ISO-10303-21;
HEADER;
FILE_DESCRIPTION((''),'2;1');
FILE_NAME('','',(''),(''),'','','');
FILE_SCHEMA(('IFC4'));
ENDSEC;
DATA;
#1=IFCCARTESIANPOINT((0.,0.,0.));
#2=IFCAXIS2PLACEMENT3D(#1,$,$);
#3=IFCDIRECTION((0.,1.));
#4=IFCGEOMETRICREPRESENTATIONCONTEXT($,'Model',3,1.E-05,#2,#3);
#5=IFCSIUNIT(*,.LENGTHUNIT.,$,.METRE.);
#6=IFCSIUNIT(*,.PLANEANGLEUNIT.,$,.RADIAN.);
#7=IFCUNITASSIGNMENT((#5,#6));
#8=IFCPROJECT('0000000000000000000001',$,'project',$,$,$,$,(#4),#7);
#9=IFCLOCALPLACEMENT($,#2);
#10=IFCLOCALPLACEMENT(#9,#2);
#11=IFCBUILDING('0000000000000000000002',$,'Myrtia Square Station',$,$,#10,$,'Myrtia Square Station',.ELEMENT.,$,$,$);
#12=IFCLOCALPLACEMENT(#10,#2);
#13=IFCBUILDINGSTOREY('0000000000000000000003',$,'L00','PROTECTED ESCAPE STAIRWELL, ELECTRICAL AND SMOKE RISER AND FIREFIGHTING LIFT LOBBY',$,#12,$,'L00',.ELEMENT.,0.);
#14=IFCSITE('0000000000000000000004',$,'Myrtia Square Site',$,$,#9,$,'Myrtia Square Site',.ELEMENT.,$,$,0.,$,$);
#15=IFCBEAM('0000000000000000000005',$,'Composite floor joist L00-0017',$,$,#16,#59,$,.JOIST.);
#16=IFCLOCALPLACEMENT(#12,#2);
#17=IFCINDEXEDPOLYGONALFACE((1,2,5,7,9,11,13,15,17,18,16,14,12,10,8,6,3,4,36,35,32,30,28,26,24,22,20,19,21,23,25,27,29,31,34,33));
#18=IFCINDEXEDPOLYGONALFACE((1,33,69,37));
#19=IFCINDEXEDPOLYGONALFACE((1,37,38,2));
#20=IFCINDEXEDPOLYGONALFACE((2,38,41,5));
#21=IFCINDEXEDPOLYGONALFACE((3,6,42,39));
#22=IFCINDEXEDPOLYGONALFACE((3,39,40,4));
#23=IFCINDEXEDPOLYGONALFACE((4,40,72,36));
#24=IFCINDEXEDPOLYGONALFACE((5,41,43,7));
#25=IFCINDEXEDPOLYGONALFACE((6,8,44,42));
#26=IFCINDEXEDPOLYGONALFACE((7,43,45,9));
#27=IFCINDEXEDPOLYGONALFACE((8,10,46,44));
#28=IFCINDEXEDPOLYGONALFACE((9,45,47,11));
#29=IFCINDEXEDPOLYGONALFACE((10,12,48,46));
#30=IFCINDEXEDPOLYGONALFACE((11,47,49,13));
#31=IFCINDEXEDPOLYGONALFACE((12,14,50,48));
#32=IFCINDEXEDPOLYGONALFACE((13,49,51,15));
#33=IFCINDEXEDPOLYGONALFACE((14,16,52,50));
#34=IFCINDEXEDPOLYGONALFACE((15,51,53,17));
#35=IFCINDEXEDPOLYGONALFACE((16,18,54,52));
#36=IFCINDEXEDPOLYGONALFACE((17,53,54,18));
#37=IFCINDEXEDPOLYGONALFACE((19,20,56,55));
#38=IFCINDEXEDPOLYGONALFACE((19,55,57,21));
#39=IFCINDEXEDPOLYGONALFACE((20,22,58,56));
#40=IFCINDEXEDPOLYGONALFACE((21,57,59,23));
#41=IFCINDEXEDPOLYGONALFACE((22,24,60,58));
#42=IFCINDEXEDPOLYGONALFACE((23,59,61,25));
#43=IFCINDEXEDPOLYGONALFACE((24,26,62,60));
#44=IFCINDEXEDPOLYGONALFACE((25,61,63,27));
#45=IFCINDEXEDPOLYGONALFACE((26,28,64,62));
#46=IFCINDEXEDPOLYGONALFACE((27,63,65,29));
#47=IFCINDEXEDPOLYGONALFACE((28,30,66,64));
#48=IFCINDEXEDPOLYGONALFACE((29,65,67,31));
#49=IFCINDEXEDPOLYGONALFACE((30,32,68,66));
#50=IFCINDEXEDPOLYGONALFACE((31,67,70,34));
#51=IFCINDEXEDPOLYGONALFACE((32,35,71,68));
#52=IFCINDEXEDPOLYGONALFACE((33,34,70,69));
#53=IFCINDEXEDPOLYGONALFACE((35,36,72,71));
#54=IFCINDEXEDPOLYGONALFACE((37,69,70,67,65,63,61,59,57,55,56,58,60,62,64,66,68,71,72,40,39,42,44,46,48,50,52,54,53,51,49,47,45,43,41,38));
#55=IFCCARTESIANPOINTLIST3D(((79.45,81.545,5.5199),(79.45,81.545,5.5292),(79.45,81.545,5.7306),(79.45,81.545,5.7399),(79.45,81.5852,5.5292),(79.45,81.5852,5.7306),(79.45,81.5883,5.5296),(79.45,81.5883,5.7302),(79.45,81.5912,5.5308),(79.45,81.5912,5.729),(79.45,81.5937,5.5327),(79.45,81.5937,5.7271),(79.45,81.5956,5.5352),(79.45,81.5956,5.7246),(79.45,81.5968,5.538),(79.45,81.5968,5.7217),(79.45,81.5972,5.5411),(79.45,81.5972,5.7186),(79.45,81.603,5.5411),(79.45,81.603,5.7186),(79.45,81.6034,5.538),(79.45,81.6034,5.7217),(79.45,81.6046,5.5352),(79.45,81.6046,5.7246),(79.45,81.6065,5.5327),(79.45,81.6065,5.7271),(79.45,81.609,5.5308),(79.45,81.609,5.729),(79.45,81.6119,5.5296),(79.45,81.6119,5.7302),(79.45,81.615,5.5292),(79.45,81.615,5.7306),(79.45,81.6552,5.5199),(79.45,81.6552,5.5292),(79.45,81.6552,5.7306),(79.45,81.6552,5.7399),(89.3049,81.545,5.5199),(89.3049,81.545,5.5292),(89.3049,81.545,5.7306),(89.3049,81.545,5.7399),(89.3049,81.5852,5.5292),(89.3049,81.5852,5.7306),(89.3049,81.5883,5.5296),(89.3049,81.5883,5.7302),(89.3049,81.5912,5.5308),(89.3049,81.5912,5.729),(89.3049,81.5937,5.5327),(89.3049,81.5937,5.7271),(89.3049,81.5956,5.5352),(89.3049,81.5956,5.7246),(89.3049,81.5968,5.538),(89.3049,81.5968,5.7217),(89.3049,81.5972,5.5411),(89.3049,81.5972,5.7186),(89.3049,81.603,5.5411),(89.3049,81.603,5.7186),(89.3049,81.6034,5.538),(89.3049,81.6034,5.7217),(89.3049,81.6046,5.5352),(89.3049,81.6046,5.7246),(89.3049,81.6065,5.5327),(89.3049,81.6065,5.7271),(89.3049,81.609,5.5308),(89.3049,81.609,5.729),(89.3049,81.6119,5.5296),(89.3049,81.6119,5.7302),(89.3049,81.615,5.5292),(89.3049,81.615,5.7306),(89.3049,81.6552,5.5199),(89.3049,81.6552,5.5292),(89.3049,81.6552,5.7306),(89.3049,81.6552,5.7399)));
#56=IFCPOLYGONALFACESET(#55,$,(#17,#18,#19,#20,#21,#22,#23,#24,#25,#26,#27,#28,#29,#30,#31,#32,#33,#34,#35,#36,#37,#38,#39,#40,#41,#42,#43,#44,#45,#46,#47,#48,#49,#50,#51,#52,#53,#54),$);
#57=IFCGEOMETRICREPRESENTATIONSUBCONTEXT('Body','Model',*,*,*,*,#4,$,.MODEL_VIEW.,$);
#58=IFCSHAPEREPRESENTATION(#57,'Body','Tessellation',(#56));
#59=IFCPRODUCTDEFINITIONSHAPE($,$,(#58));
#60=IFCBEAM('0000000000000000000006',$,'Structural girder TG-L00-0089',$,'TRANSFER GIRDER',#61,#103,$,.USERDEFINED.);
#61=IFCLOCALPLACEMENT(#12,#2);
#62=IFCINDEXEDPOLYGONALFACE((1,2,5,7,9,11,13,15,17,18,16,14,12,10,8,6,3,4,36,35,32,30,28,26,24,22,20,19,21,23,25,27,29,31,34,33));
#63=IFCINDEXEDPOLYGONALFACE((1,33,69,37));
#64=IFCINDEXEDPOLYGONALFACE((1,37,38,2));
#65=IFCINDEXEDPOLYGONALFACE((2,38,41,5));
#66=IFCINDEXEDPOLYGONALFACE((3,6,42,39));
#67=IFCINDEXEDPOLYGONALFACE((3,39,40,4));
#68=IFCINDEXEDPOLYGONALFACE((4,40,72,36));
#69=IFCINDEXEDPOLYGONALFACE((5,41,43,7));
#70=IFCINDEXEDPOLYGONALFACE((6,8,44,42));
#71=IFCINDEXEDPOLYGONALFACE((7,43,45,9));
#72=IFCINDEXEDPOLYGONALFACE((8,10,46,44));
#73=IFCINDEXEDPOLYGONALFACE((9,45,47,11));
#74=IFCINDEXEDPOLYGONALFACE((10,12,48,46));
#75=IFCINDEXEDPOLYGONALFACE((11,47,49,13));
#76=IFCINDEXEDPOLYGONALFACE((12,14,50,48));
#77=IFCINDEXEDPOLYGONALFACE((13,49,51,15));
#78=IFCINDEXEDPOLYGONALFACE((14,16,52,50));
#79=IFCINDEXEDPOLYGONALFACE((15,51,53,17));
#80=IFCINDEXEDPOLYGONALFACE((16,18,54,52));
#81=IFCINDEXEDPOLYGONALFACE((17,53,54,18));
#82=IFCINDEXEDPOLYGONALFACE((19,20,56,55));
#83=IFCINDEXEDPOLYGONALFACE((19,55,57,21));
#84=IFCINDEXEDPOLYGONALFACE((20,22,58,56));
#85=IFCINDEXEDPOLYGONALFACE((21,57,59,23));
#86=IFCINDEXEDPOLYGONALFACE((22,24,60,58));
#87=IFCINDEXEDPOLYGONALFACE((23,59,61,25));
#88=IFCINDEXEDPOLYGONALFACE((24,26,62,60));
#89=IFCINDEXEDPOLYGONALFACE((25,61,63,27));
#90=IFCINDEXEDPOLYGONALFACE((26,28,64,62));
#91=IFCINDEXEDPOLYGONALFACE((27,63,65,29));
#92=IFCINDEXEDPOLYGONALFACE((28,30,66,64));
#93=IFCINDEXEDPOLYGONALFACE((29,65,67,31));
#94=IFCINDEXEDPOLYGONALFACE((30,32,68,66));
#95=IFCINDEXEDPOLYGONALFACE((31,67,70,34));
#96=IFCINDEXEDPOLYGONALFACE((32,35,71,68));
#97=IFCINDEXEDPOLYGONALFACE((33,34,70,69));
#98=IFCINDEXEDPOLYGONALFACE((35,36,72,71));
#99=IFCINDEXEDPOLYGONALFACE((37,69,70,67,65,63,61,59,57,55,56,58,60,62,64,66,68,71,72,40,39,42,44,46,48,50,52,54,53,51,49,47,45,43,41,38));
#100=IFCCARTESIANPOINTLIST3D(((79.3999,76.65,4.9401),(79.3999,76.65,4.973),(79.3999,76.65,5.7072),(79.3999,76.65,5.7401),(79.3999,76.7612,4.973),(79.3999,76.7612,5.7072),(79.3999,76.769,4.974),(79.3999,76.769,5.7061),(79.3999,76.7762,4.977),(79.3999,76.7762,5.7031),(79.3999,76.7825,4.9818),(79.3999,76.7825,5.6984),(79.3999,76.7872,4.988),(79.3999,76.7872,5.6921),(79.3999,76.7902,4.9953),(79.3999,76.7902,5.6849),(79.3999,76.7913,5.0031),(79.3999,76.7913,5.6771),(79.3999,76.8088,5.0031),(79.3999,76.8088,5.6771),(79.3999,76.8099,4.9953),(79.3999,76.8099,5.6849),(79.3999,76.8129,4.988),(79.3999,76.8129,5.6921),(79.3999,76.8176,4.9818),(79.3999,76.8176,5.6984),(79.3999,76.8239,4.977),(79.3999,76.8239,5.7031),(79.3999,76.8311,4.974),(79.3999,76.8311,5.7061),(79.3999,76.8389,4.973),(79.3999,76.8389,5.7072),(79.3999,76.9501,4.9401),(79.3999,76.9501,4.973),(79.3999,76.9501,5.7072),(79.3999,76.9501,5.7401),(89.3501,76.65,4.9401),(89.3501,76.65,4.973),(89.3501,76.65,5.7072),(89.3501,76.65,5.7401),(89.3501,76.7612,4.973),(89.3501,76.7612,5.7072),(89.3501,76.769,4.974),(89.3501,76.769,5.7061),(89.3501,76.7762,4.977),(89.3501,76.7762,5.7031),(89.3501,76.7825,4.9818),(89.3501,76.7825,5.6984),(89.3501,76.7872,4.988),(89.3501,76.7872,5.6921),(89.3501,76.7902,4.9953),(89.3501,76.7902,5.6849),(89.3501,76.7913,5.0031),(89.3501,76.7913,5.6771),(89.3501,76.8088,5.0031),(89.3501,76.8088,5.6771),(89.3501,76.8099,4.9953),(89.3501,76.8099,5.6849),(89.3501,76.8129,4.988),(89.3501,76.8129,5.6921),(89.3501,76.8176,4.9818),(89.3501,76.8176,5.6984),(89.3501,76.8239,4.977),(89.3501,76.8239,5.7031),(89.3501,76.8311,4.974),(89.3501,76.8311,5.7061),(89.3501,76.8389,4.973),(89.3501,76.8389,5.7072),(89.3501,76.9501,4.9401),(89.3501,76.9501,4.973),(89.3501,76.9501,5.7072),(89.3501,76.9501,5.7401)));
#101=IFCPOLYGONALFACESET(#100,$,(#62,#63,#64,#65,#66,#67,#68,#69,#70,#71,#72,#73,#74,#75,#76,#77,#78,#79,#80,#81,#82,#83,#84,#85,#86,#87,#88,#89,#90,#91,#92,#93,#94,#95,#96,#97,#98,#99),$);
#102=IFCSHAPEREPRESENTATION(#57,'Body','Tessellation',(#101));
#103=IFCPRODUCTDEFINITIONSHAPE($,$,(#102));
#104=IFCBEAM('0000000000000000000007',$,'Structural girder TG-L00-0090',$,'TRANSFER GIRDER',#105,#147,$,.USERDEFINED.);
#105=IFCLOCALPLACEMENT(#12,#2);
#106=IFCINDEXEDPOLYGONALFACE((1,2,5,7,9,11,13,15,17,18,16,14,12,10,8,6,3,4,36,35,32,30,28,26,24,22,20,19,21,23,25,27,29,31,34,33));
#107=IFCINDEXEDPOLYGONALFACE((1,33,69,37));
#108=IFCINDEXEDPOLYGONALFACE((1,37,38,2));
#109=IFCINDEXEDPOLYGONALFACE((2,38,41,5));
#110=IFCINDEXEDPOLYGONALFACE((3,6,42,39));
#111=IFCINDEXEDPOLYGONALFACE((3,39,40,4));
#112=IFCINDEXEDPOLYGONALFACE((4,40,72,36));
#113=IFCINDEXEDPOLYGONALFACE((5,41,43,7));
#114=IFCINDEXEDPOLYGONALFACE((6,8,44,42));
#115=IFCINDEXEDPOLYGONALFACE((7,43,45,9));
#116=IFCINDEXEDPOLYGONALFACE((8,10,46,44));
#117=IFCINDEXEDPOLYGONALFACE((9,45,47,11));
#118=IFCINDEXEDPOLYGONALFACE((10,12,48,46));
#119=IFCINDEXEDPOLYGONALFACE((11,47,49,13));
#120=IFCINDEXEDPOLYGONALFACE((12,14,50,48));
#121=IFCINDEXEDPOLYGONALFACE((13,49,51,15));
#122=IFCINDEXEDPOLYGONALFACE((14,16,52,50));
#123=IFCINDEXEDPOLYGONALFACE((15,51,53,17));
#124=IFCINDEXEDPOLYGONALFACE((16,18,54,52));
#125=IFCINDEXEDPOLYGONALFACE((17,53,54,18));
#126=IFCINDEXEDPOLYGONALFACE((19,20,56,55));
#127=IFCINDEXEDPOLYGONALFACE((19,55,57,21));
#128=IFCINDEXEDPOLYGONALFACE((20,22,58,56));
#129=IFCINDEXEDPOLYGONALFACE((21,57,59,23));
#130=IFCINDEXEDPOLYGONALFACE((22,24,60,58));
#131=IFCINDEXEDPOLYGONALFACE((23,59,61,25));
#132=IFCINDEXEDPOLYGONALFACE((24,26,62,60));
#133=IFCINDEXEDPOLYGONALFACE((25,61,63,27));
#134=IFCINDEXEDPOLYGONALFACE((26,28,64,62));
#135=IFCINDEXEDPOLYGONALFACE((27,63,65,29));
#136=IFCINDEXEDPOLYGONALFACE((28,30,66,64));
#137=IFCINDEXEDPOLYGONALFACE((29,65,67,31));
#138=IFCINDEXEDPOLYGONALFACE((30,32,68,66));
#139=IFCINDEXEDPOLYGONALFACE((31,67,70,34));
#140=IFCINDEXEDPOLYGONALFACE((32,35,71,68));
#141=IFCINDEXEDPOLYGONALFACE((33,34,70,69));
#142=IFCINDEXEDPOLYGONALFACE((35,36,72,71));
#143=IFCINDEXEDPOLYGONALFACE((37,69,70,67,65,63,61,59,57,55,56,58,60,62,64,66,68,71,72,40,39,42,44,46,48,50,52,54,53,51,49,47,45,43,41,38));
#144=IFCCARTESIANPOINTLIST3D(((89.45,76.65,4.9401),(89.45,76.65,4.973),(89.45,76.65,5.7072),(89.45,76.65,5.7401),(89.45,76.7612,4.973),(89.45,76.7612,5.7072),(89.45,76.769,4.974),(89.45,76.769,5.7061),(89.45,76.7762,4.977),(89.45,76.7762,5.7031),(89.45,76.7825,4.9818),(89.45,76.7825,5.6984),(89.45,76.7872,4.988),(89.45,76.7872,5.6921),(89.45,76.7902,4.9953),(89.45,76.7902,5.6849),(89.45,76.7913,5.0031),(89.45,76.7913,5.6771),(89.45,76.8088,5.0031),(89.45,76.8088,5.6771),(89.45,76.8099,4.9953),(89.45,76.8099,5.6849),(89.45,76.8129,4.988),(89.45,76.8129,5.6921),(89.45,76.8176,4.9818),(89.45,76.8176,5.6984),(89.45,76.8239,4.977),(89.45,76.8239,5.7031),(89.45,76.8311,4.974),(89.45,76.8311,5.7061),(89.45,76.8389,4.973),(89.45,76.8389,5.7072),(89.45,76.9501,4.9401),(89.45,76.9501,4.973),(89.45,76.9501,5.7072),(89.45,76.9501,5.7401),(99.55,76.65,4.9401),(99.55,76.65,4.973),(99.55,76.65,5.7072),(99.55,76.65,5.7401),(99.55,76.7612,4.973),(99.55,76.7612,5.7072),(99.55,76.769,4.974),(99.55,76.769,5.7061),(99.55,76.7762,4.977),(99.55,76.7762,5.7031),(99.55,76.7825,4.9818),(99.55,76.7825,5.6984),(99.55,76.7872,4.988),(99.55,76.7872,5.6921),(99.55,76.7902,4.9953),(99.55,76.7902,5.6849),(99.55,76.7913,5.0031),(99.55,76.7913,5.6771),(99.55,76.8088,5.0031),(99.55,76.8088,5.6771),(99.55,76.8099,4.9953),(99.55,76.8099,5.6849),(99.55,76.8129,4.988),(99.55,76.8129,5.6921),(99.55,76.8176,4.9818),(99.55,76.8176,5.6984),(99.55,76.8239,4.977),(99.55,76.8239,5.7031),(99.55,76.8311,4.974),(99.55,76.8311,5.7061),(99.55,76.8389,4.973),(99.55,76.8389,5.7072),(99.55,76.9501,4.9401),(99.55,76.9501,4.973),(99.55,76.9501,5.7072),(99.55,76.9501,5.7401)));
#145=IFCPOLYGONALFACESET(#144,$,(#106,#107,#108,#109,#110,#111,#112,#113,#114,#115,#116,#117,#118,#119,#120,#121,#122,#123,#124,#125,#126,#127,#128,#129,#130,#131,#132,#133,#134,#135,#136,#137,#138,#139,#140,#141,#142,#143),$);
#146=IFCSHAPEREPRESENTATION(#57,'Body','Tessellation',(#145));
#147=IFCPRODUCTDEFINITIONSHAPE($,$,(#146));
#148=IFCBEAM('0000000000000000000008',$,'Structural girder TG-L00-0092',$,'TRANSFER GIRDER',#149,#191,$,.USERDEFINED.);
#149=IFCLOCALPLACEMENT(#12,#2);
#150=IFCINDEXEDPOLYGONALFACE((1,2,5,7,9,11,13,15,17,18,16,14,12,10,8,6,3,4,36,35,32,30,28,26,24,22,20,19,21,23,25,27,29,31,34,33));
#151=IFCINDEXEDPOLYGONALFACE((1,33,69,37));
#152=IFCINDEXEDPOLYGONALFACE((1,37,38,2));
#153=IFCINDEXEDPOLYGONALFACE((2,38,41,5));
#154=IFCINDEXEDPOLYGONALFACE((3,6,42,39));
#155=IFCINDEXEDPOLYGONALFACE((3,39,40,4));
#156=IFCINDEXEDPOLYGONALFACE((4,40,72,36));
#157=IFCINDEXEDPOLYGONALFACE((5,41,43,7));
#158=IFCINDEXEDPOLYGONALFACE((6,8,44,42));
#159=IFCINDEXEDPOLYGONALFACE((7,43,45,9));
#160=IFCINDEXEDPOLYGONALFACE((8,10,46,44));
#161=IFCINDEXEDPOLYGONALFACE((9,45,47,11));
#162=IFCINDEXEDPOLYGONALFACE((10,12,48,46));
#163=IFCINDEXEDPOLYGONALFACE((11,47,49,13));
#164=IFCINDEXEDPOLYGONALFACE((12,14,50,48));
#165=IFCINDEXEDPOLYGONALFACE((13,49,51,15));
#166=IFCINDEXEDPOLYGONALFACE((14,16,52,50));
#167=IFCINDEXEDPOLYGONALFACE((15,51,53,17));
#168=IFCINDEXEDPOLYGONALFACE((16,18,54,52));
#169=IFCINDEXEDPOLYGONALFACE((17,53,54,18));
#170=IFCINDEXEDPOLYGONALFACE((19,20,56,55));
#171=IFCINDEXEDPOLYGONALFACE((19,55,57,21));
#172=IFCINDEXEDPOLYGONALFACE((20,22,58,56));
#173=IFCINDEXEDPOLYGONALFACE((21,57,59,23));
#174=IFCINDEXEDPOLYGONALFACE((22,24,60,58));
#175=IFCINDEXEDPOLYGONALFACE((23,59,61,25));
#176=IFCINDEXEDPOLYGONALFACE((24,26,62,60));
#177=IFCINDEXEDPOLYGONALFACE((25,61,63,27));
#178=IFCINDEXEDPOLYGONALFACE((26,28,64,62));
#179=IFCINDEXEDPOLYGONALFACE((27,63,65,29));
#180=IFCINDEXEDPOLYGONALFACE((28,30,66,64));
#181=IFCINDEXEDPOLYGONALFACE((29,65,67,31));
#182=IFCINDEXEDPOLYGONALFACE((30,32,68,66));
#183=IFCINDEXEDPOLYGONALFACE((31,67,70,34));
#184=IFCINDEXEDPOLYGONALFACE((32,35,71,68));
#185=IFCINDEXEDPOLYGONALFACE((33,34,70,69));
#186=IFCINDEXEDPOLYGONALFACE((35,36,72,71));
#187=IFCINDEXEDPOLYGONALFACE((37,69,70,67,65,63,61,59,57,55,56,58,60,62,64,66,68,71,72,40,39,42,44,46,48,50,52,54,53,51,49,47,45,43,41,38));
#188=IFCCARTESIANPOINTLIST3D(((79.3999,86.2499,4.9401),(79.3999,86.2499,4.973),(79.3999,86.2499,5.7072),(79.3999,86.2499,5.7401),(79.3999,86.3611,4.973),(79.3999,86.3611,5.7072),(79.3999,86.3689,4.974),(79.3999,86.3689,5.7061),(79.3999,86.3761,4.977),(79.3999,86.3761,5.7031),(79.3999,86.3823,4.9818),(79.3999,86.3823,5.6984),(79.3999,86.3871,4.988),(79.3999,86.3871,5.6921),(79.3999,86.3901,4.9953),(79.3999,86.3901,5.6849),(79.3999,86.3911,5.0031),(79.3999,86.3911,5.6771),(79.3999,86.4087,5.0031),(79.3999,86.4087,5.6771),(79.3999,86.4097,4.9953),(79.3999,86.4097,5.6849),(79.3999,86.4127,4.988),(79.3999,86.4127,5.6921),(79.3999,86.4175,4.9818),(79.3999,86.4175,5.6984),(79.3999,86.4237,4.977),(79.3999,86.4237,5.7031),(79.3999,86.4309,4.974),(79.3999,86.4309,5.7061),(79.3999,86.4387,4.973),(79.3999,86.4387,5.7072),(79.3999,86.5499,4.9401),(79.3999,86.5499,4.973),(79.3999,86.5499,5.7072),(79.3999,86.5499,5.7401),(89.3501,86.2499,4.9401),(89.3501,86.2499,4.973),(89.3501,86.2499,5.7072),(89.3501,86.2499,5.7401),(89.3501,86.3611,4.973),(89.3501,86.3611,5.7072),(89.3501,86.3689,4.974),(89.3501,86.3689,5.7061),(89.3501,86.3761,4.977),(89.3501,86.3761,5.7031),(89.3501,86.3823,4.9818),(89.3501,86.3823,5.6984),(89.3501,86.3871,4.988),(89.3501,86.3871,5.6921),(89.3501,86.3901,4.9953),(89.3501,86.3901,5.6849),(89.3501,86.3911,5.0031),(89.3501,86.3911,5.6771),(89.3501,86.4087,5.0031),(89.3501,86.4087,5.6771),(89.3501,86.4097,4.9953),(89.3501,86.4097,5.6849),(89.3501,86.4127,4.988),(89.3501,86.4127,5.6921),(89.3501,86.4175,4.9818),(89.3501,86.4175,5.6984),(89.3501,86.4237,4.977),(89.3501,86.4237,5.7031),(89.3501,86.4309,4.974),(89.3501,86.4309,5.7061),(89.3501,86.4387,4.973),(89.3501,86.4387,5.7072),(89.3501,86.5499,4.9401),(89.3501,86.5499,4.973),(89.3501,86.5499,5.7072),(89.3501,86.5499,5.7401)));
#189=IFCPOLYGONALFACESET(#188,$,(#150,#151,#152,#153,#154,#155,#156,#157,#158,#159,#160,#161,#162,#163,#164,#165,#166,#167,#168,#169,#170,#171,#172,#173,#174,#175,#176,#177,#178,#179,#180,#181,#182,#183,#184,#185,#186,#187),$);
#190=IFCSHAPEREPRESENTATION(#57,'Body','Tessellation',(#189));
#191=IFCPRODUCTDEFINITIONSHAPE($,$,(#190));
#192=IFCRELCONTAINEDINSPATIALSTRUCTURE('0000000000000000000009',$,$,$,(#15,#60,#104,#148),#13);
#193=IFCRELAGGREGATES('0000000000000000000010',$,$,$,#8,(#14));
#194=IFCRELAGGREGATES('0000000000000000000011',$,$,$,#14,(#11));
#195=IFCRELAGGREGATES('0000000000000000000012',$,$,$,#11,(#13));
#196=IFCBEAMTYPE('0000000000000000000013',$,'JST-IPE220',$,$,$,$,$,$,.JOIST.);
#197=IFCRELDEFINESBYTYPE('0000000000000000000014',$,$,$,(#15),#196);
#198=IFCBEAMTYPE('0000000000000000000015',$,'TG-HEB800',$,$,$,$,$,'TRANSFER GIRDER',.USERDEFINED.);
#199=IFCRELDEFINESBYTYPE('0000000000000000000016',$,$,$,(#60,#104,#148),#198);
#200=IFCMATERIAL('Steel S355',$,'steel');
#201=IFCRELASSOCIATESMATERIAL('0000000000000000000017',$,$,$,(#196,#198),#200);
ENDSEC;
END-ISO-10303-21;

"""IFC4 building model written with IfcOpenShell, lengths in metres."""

from ifc_helpers import new_model, si_unit, direction, frame, origin, origin_2d, place, context, subcontext, project, spatial, i_section, extrude, material, material_profile, profile_set, type_object, element, save


model = new_model("IFC4")

# Units and contexts
model_context = context("Model", 3, precision=1e-05, world=origin(), true_north=direction((0.0, 1.0)))
body_context = subcontext(model_context, "Body", "Model", "MODEL_VIEW")
ifc_project = project(units=[si_unit("LENGTHUNIT", "METRE"), si_unit("PLANEANGLEUNIT", "RADIAN")], contexts=[model_context])

# Site, building, storey
site_placement = place(None, origin())
site = spatial("IfcSite", under=ifc_project, at=site_placement, Name="Myrtia Square Site", LongName="Myrtia Square Site", CompositionType="ELEMENT", RefElevation=0.0)
building_placement = place(site_placement, origin())
building = spatial("IfcBuilding", under=site, at=building_placement, Name="Myrtia Square Station", LongName="Myrtia Square Station", CompositionType="ELEMENT")
storey_placement = place(building_placement, origin())
storey = spatial("IfcBuildingStorey", under=building, at=storey_placement, Name="L00", Description="PROTECTED ESCAPE STAIRWELL, ELECTRICAL AND SMOKE RISER AND FIREFIGHTING LIFT LOBBY", LongName="L00", CompositionType="ELEMENT", Elevation=0.0)

# Shared definitions
ifc_material_1 = material(Name="Steel S355", Category="steel")

# Beams
ifc_material_profile_1 = material_profile(ifc_material_1, i_section(OverallWidth=0.1101, OverallDepth=0.22, WebThickness=0.0059, FlangeThickness=0.0093, FilletRadius=0.012, at=origin_2d()), Name="IPE 220")
ifc_profile_set_1 = profile_set([ifc_material_profile_1], Name="Steel S355")
beam_type_1 = type_object("IfcBeamType", Name="JST-IPE220", PredefinedType="JOIST", material=ifc_profile_set_1)
beam_1_placement = place(storey_placement, frame((79.45, 81.6001, 5.6299), z_axis=(1.0, 0.0, 0.0), x_axis=(0.0, 1.0, 0.0)))
element("IfcBeam", 1, at=beam_1_placement, inside=storey, type_object=beam_type_1, Name="Composite floor joist L00-0017", PredefinedType="JOIST", context=body_context, shape_type="SweptSolid", body=[
    extrude(i_section(OverallWidth=0.1101, OverallDepth=0.22, WebThickness=0.0059, FlangeThickness=0.0093, FilletRadius=0.012, at=origin_2d()), origin(), (0.0, 0.0, 1.0), 9.855),
])
ifc_material_profile_2 = material_profile(ifc_material_1, i_section(OverallWidth=0.3, OverallDepth=0.8, WebThickness=0.0176, FlangeThickness=0.033, FilletRadius=0.03, at=origin_2d()), Name="HEB 800")
ifc_profile_set_2 = profile_set([ifc_material_profile_2], Name="Steel S355")
beam_type_2 = type_object("IfcBeamType", Name="TG-HEB800", ElementType="TRANSFER GIRDER", PredefinedType="USERDEFINED", material=ifc_profile_set_2)
beam_2_placement = place(storey_placement, frame((79.3999, 76.8, 5.3401), z_axis=(1.0, 0.0, 0.0), x_axis=(0.0, 1.0, 0.0)))
element("IfcBeam", 2, at=beam_2_placement, inside=storey, type_object=beam_type_2, Name="Structural girder TG-L00-0089", ObjectType="TRANSFER GIRDER", PredefinedType="USERDEFINED", context=body_context, shape_type="SweptSolid", body=[
    extrude(i_section(OverallWidth=0.3, OverallDepth=0.8, WebThickness=0.0176, FlangeThickness=0.033, FilletRadius=0.03, at=origin_2d()), origin(), (0.0, 0.0, 1.0), 9.9502),
])
beam_3_placement = place(storey_placement, frame((89.45, 76.8, 5.3401), z_axis=(1.0, 0.0, 0.0), x_axis=(0.0, 1.0, 0.0)))
element("IfcBeam", 3, at=beam_3_placement, inside=storey, type_object=beam_type_2, Name="Structural girder TG-L00-0090", ObjectType="TRANSFER GIRDER", PredefinedType="USERDEFINED", context=body_context, shape_type="SweptSolid", body=[
    extrude(i_section(OverallWidth=0.3, OverallDepth=0.8, WebThickness=0.0176, FlangeThickness=0.033, FilletRadius=0.03, at=origin_2d()), origin(), (0.0, 0.0, 1.0), 10.1001),
])
beam_4_placement = place(storey_placement, frame((79.3999, 86.3999, 5.3401), z_axis=(1.0, 0.0, 0.0), x_axis=(0.0, 1.0, 0.0)))
element("IfcBeam", 4, at=beam_4_placement, inside=storey, type_object=beam_type_2, Name="Structural girder TG-L00-0092", ObjectType="TRANSFER GIRDER", PredefinedType="USERDEFINED", context=body_context, shape_type="SweptSolid", body=[
    extrude(i_section(OverallWidth=0.3, OverallDepth=0.8, WebThickness=0.0176, FlangeThickness=0.033, FilletRadius=0.03, at=origin_2d()), origin(), (0.0, 0.0, 1.0), 9.9502),
])

save(model, "model.ifc")
